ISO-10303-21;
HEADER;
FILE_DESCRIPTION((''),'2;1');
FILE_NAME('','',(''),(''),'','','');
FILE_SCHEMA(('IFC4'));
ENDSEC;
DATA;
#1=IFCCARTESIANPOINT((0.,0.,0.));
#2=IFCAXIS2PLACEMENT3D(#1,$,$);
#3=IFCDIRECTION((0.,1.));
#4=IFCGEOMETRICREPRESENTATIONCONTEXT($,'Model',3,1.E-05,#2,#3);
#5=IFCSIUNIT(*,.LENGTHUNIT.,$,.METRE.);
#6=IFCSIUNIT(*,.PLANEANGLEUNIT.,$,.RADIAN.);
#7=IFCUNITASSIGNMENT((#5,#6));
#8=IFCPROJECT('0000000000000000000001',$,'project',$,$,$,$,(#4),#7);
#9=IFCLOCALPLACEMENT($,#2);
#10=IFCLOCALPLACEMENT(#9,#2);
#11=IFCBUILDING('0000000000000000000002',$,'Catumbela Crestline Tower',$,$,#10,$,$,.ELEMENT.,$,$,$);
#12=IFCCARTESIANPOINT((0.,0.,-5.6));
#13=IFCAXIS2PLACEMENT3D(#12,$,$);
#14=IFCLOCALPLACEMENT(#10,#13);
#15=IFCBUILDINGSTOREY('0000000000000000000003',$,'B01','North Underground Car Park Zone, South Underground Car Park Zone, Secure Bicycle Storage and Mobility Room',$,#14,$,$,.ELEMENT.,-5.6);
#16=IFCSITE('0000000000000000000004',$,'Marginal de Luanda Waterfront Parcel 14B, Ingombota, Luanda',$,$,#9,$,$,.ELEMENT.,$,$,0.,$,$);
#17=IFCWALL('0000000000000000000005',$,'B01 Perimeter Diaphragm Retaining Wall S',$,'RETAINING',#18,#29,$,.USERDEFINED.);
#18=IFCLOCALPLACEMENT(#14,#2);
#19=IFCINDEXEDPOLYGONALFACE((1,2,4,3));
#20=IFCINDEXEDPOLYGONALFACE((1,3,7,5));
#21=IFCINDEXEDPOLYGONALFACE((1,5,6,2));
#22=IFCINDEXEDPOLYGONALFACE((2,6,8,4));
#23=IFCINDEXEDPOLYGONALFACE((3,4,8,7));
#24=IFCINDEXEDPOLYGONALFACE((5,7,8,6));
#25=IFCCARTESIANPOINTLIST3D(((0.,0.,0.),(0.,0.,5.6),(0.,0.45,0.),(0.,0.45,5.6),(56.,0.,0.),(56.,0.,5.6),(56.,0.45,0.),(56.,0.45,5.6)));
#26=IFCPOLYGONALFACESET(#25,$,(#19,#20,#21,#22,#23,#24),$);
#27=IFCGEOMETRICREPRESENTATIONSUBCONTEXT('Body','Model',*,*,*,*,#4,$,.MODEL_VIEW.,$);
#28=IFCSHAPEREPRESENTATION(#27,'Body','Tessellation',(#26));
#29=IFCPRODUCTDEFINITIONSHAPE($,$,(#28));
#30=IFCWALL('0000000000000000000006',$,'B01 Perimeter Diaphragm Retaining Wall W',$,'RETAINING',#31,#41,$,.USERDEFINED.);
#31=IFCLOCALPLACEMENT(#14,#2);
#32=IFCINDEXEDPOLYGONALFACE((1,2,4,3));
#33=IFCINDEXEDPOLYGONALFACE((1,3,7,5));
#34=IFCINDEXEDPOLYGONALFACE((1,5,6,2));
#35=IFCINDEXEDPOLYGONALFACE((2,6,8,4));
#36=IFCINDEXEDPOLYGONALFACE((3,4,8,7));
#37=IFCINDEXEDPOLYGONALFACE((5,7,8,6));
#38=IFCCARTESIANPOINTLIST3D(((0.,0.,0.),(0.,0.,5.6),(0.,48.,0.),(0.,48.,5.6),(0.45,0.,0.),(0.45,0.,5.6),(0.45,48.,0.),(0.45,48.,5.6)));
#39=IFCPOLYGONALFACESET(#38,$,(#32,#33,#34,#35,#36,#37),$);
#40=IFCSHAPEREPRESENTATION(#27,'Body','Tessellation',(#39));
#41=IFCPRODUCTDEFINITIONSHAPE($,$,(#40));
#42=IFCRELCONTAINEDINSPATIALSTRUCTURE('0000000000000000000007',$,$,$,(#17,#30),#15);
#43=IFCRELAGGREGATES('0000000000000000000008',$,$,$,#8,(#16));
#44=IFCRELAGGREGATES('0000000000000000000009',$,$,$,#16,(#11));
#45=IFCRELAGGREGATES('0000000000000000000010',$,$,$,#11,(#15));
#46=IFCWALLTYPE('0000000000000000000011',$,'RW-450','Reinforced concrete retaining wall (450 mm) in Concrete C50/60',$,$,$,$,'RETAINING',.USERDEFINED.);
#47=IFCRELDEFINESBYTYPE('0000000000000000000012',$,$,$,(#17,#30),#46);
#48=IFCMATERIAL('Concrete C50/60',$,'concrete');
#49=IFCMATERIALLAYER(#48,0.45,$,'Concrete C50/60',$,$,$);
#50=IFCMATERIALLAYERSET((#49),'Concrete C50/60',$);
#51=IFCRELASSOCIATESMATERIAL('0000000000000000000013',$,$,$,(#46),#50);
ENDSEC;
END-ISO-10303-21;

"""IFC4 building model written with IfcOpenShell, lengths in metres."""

from ifc_helpers import new_model, si_unit, direction, frame, frame_2d, origin, place, context, subcontext, project, spatial, rectangle, extrude, material, layer, layer_set, type_object, element, save


model = new_model("IFC4")

# Units and contexts
model_context = context("Model", 3, precision=1e-05, world=origin(), true_north=direction((0.0, 1.0)))
body_context = subcontext(model_context, "Body", "Model", "MODEL_VIEW")
ifc_project = project(units=[si_unit("LENGTHUNIT", "METRE"), si_unit("PLANEANGLEUNIT", "RADIAN")], contexts=[model_context])

# Site, building, storey
site_placement = place(None, origin())
site = spatial("IfcSite", under=ifc_project, at=site_placement, Name="Marginal de Luanda Waterfront Parcel 14B, Ingombota, Luanda", CompositionType="ELEMENT", RefElevation=0.0)
building_placement = place(site_placement, origin())
building = spatial("IfcBuilding", under=site, at=building_placement, Name="Catumbela Crestline Tower", CompositionType="ELEMENT")
storey_placement = place(building_placement, frame((0.0, 0.0, -5.6)))
storey = spatial("IfcBuildingStorey", under=building, at=storey_placement, Name="B01", Description="North Underground Car Park Zone, South Underground Car Park Zone, Secure Bicycle Storage and Mobility Room", CompositionType="ELEMENT", Elevation=-5.6)

# Shared definitions
ifc_material_1 = material(Name="Concrete C50/60", Category="concrete")

# Walls
ifc_layer_1 = layer(ifc_material_1, 0.45, Name="Concrete C50/60")
ifc_layer_set_1 = layer_set([ifc_layer_1], Name="Concrete C50/60")
wall_type = type_object("IfcWallType", Name="RW-450", Description="Reinforced concrete retaining wall (450 mm) in Concrete C50/60", ElementType="RETAINING", PredefinedType="USERDEFINED", material=ifc_layer_set_1)
wall_1_placement = place(storey_placement, frame((0.0, 0.225, 0.0), z_axis=(0.0, 0.0, 1.0), x_axis=(1.0, 0.0, 0.0)))
element("IfcWall", 1, at=wall_1_placement, inside=storey, type_object=wall_type, Name="B01 Perimeter Diaphragm Retaining Wall S", ObjectType="RETAINING", PredefinedType="USERDEFINED", context=body_context, shape_type="SweptSolid", body=[
    extrude(rectangle(XDim=56.0, YDim=0.45, at=frame_2d((28.0, 0.0))), origin(), (0.0, 0.0, 1.0), 5.6),
])
wall_2_placement = place(storey_placement, frame((0.225, 0.0, 0.0), z_axis=(0.0, 0.0, 1.0), x_axis=(0.0, 1.0, 0.0)))
element("IfcWall", 2, at=wall_2_placement, inside=storey, type_object=wall_type, Name="B01 Perimeter Diaphragm Retaining Wall W", ObjectType="RETAINING", PredefinedType="USERDEFINED", context=body_context, shape_type="SweptSolid", body=[
    extrude(rectangle(XDim=48.0, YDim=0.45, at=frame_2d((24.0, 0.0))), origin(), (0.0, 0.0, 1.0), 5.6),
])

save(model, "model.ifc")
